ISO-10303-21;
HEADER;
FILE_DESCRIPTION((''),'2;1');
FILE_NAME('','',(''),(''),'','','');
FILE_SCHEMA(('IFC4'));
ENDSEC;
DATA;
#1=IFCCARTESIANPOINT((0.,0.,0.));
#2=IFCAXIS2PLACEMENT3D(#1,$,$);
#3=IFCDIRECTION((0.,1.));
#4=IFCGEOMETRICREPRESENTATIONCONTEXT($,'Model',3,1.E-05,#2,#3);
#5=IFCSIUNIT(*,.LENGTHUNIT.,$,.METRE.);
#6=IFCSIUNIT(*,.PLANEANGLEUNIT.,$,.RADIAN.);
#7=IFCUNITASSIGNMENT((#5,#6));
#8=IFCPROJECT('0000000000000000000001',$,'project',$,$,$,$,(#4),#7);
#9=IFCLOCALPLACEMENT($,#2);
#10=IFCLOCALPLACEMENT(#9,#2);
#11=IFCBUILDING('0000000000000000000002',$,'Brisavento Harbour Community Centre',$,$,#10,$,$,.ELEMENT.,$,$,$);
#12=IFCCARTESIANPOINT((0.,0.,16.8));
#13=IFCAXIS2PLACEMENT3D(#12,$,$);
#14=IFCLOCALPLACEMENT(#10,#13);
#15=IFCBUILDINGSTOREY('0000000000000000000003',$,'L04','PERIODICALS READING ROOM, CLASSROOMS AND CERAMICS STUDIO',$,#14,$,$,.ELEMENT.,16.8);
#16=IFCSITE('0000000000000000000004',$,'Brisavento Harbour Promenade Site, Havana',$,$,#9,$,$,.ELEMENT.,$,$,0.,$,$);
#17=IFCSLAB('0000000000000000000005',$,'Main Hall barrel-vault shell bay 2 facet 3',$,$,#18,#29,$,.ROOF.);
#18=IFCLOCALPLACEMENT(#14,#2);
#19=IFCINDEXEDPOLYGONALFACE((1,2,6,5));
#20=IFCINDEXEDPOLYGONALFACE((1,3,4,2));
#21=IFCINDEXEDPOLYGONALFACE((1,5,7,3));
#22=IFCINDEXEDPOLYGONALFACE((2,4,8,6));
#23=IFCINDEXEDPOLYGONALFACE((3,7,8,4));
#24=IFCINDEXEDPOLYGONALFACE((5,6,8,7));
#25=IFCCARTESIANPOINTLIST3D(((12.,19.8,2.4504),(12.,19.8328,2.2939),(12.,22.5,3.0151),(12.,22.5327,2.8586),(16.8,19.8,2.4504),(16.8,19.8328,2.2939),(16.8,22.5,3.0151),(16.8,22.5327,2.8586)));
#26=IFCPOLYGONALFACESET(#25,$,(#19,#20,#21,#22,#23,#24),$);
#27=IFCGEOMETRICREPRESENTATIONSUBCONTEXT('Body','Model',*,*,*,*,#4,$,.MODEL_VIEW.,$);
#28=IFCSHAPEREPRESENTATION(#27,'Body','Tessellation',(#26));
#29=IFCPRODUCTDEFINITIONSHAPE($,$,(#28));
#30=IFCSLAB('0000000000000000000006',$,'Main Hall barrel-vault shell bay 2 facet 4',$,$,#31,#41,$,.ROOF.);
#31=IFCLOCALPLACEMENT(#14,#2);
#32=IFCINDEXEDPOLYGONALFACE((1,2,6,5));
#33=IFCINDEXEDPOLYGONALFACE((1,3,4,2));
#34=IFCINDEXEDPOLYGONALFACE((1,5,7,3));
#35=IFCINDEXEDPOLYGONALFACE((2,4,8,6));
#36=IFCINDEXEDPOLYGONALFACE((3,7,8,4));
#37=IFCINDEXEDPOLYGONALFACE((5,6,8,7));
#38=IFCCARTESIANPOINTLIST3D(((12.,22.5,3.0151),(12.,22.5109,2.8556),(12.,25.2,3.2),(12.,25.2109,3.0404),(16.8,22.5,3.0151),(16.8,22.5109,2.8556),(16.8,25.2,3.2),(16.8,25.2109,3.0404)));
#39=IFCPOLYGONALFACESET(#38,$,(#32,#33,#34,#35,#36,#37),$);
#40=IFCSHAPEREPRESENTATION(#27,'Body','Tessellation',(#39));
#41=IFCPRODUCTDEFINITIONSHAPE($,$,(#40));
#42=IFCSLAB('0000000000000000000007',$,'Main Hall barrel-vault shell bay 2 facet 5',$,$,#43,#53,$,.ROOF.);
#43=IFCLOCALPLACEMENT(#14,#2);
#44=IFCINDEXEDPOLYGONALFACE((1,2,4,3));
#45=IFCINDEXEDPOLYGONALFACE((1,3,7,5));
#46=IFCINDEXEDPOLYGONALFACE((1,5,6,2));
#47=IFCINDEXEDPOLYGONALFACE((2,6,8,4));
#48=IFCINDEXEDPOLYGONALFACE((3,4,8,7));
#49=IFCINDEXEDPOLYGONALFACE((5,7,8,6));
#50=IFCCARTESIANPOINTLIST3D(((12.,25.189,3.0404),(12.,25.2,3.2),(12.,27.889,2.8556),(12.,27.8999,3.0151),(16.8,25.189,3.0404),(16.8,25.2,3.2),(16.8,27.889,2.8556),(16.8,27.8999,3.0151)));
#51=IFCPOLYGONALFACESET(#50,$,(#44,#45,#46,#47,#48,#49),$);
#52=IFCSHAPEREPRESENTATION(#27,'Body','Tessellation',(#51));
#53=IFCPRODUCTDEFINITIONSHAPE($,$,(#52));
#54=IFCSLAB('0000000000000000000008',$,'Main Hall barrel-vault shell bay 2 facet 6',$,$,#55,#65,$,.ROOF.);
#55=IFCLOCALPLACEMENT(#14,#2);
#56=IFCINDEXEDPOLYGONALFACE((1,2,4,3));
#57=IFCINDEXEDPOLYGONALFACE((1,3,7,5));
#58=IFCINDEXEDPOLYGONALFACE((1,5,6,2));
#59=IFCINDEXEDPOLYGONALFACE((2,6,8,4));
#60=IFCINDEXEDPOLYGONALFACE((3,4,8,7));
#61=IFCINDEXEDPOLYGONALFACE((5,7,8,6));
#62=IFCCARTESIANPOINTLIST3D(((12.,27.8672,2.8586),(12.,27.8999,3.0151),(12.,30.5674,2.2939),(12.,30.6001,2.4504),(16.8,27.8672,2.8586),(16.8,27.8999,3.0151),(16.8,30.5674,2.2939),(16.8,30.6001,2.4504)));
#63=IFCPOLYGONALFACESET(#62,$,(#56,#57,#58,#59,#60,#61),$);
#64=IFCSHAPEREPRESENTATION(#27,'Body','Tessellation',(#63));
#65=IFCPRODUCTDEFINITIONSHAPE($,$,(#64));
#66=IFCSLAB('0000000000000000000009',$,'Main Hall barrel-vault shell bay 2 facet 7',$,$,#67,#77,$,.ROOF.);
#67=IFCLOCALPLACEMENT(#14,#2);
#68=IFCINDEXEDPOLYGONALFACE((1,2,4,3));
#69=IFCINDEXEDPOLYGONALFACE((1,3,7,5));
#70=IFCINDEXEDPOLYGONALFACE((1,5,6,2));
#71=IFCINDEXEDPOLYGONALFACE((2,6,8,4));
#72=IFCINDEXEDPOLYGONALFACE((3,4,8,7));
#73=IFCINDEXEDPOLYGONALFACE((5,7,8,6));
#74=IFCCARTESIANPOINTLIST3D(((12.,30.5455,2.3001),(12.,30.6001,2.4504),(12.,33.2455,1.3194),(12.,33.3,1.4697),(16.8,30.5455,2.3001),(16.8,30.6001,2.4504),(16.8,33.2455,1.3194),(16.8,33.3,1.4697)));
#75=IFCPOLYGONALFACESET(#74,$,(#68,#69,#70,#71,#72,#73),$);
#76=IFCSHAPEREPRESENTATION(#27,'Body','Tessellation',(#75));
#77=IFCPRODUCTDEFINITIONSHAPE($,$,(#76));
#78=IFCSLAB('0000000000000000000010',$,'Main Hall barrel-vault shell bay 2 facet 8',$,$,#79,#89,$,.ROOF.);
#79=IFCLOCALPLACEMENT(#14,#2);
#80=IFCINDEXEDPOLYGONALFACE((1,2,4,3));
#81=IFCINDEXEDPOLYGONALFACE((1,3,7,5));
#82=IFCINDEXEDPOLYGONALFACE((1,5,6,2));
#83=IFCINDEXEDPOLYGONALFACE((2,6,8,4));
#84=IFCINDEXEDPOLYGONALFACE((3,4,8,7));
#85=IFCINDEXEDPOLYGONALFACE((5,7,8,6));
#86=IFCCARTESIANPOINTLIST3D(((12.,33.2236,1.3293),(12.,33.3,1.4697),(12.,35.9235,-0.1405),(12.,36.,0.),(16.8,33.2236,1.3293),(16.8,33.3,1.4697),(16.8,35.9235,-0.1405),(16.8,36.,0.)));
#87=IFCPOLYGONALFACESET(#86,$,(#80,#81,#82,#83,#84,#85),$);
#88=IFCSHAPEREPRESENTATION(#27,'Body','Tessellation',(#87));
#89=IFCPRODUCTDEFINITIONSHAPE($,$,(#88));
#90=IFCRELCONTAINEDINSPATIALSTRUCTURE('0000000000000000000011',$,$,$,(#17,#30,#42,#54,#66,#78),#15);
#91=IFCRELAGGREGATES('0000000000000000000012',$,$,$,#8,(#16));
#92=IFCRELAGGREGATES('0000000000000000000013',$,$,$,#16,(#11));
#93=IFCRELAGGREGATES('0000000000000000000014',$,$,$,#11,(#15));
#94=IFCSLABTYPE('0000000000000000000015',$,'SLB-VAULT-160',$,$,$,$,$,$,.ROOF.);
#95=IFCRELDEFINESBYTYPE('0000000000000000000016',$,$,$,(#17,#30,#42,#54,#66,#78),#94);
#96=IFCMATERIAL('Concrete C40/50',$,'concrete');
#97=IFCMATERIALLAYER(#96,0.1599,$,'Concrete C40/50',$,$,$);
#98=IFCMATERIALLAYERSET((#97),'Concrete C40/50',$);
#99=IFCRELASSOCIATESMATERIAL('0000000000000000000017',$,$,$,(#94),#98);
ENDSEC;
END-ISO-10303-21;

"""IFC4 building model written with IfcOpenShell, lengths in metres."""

from ifc_helpers import new_model, si_unit, direction, frame, origin, place, context, subcontext, project, spatial, polyline, outline, extrude, material, layer, layer_set, type_object, element, save


model = new_model("IFC4")

# Units and contexts
model_context = context("Model", 3, precision=1e-05, world=origin(), true_north=direction((0.0, 1.0)))
body_context = subcontext(model_context, "Body", "Model", "MODEL_VIEW")
ifc_project = project(units=[si_unit("LENGTHUNIT", "METRE"), si_unit("PLANEANGLEUNIT", "RADIAN")], contexts=[model_context])

# Site, building, storey
site_placement = place(None, origin())
site = spatial("IfcSite", under=ifc_project, at=site_placement, Name="Brisavento Harbour Promenade Site, Havana", CompositionType="ELEMENT", RefElevation=0.0)
building_placement = place(site_placement, origin())
building = spatial("IfcBuilding", under=site, at=building_placement, Name="Brisavento Harbour Community Centre", CompositionType="ELEMENT")
storey_placement = place(building_placement, frame((0.0, 0.0, 16.8)))
storey = spatial("IfcBuildingStorey", under=building, at=storey_placement, Name="L04", Description="PERIODICALS READING ROOM, CLASSROOMS AND CERAMICS STUDIO", CompositionType="ELEMENT", Elevation=16.8)

# Shared definitions
ifc_material = material(Name="Concrete C40/50", Category="concrete")

# Slabs
ifc_layer = layer(ifc_material, 0.1599, Name="Concrete C40/50")
ifc_layer_set = layer_set([ifc_layer], Name="Concrete C40/50")
slab_type = type_object("IfcSlabType", Name="SLB-VAULT-160", PredefinedType="ROOF", material=ifc_layer_set)
slab_1_placement = place(storey_placement, frame((12.0, 19.8, 2.4504), z_axis=(0.0, -0.204721, 0.97882), x_axis=(1.0, 0.0, 0.0)))
element("IfcSlab", 1, at=slab_1_placement, inside=storey, type_object=slab_type, Name="Main Hall barrel-vault shell bay 2 facet 3", PredefinedType="ROOF", context=body_context, shape_type="SweptSolid", body=[
    extrude(outline(polyline([(0.0, 0.0), (4.8, 0.0), (4.8, 2.7584), (0.0, 2.7584), (0.0, 0.0)])), origin(), (0.0, 0.0, -1.0), 0.1599),
])
for number, where, z_axis, x_axis, name in (
    (2, (12.0, 22.5, 3.0151), (0.0, -0.068291, 0.997665), (1.0, 0.0, 0.0), "Main Hall barrel-vault shell bay 2 facet 4"),
    (3, (12.0, 25.2, 3.2), (0.0, 0.068291, 0.997665), (1.0, 0.0, 0.0), "Main Hall barrel-vault shell bay 2 facet 5"),
):
    element("IfcSlab", number, at=place(storey_placement, frame(where, z_axis=z_axis, x_axis=x_axis)), inside=storey, type_object=slab_type, Name=name, PredefinedType="ROOF", context=body_context, shape_type="SweptSolid", body=[
        extrude(outline(polyline([(0.0, 0.0), (4.8, 0.0), (4.8, 2.7063), (0.0, 2.7063), (0.0, 0.0)])), origin(), (0.0, 0.0, -1.0), 0.1599),
    ])
slab_2_placement = place(storey_placement, frame((12.0, 27.8999, 3.0151), z_axis=(0.0, 0.204703, 0.978824), x_axis=(1.0, 0.0, 0.0)))
element("IfcSlab", 4, at=slab_2_placement, inside=storey, type_object=slab_type, Name="Main Hall barrel-vault shell bay 2 facet 6", PredefinedType="ROOF", context=body_context, shape_type="SweptSolid", body=[
    extrude(outline(polyline([(0.0, 0.0), (4.8, 0.0), (4.8, 2.7586), (0.0, 2.7586), (0.0, 0.0)])), origin(), (0.0, 0.0, -1.0), 0.1599),
])
slab_3_placement = place(storey_placement, frame((12.0, 30.6001, 2.4504), z_axis=(0.0, 0.341409, 0.939915), x_axis=(1.0, 0.0, 0.0)))
element("IfcSlab", 5, at=slab_3_placement, inside=storey, type_object=slab_type, Name="Main Hall barrel-vault shell bay 2 facet 7", PredefinedType="ROOF", context=body_context, shape_type="SweptSolid", body=[
    extrude(outline(polyline([(0.0, 0.0), (4.8, 0.0), (4.8, 2.8725), (0.0, 2.8725), (0.0, 0.0)])), origin(), (0.0, 0.0, -1.0), 0.1599),
])
slab_4_placement = place(storey_placement, frame((12.0, 33.3, 1.4697), z_axis=(0.0, 0.478106, 0.878302), x_axis=(1.0, 0.0, 0.0)))
element("IfcSlab", 6, at=slab_4_placement, inside=storey, type_object=slab_type, Name="Main Hall barrel-vault shell bay 2 facet 8", PredefinedType="ROOF", context=body_context, shape_type="SweptSolid", body=[
    extrude(outline(polyline([(0.0, 0.0), (4.8, 0.0), (4.8, 3.0741), (0.0, 3.0741), (0.0, 0.0)])), origin(), (0.0, 0.0, -1.0), 0.1599),
])

save(model, "model.ifc")
